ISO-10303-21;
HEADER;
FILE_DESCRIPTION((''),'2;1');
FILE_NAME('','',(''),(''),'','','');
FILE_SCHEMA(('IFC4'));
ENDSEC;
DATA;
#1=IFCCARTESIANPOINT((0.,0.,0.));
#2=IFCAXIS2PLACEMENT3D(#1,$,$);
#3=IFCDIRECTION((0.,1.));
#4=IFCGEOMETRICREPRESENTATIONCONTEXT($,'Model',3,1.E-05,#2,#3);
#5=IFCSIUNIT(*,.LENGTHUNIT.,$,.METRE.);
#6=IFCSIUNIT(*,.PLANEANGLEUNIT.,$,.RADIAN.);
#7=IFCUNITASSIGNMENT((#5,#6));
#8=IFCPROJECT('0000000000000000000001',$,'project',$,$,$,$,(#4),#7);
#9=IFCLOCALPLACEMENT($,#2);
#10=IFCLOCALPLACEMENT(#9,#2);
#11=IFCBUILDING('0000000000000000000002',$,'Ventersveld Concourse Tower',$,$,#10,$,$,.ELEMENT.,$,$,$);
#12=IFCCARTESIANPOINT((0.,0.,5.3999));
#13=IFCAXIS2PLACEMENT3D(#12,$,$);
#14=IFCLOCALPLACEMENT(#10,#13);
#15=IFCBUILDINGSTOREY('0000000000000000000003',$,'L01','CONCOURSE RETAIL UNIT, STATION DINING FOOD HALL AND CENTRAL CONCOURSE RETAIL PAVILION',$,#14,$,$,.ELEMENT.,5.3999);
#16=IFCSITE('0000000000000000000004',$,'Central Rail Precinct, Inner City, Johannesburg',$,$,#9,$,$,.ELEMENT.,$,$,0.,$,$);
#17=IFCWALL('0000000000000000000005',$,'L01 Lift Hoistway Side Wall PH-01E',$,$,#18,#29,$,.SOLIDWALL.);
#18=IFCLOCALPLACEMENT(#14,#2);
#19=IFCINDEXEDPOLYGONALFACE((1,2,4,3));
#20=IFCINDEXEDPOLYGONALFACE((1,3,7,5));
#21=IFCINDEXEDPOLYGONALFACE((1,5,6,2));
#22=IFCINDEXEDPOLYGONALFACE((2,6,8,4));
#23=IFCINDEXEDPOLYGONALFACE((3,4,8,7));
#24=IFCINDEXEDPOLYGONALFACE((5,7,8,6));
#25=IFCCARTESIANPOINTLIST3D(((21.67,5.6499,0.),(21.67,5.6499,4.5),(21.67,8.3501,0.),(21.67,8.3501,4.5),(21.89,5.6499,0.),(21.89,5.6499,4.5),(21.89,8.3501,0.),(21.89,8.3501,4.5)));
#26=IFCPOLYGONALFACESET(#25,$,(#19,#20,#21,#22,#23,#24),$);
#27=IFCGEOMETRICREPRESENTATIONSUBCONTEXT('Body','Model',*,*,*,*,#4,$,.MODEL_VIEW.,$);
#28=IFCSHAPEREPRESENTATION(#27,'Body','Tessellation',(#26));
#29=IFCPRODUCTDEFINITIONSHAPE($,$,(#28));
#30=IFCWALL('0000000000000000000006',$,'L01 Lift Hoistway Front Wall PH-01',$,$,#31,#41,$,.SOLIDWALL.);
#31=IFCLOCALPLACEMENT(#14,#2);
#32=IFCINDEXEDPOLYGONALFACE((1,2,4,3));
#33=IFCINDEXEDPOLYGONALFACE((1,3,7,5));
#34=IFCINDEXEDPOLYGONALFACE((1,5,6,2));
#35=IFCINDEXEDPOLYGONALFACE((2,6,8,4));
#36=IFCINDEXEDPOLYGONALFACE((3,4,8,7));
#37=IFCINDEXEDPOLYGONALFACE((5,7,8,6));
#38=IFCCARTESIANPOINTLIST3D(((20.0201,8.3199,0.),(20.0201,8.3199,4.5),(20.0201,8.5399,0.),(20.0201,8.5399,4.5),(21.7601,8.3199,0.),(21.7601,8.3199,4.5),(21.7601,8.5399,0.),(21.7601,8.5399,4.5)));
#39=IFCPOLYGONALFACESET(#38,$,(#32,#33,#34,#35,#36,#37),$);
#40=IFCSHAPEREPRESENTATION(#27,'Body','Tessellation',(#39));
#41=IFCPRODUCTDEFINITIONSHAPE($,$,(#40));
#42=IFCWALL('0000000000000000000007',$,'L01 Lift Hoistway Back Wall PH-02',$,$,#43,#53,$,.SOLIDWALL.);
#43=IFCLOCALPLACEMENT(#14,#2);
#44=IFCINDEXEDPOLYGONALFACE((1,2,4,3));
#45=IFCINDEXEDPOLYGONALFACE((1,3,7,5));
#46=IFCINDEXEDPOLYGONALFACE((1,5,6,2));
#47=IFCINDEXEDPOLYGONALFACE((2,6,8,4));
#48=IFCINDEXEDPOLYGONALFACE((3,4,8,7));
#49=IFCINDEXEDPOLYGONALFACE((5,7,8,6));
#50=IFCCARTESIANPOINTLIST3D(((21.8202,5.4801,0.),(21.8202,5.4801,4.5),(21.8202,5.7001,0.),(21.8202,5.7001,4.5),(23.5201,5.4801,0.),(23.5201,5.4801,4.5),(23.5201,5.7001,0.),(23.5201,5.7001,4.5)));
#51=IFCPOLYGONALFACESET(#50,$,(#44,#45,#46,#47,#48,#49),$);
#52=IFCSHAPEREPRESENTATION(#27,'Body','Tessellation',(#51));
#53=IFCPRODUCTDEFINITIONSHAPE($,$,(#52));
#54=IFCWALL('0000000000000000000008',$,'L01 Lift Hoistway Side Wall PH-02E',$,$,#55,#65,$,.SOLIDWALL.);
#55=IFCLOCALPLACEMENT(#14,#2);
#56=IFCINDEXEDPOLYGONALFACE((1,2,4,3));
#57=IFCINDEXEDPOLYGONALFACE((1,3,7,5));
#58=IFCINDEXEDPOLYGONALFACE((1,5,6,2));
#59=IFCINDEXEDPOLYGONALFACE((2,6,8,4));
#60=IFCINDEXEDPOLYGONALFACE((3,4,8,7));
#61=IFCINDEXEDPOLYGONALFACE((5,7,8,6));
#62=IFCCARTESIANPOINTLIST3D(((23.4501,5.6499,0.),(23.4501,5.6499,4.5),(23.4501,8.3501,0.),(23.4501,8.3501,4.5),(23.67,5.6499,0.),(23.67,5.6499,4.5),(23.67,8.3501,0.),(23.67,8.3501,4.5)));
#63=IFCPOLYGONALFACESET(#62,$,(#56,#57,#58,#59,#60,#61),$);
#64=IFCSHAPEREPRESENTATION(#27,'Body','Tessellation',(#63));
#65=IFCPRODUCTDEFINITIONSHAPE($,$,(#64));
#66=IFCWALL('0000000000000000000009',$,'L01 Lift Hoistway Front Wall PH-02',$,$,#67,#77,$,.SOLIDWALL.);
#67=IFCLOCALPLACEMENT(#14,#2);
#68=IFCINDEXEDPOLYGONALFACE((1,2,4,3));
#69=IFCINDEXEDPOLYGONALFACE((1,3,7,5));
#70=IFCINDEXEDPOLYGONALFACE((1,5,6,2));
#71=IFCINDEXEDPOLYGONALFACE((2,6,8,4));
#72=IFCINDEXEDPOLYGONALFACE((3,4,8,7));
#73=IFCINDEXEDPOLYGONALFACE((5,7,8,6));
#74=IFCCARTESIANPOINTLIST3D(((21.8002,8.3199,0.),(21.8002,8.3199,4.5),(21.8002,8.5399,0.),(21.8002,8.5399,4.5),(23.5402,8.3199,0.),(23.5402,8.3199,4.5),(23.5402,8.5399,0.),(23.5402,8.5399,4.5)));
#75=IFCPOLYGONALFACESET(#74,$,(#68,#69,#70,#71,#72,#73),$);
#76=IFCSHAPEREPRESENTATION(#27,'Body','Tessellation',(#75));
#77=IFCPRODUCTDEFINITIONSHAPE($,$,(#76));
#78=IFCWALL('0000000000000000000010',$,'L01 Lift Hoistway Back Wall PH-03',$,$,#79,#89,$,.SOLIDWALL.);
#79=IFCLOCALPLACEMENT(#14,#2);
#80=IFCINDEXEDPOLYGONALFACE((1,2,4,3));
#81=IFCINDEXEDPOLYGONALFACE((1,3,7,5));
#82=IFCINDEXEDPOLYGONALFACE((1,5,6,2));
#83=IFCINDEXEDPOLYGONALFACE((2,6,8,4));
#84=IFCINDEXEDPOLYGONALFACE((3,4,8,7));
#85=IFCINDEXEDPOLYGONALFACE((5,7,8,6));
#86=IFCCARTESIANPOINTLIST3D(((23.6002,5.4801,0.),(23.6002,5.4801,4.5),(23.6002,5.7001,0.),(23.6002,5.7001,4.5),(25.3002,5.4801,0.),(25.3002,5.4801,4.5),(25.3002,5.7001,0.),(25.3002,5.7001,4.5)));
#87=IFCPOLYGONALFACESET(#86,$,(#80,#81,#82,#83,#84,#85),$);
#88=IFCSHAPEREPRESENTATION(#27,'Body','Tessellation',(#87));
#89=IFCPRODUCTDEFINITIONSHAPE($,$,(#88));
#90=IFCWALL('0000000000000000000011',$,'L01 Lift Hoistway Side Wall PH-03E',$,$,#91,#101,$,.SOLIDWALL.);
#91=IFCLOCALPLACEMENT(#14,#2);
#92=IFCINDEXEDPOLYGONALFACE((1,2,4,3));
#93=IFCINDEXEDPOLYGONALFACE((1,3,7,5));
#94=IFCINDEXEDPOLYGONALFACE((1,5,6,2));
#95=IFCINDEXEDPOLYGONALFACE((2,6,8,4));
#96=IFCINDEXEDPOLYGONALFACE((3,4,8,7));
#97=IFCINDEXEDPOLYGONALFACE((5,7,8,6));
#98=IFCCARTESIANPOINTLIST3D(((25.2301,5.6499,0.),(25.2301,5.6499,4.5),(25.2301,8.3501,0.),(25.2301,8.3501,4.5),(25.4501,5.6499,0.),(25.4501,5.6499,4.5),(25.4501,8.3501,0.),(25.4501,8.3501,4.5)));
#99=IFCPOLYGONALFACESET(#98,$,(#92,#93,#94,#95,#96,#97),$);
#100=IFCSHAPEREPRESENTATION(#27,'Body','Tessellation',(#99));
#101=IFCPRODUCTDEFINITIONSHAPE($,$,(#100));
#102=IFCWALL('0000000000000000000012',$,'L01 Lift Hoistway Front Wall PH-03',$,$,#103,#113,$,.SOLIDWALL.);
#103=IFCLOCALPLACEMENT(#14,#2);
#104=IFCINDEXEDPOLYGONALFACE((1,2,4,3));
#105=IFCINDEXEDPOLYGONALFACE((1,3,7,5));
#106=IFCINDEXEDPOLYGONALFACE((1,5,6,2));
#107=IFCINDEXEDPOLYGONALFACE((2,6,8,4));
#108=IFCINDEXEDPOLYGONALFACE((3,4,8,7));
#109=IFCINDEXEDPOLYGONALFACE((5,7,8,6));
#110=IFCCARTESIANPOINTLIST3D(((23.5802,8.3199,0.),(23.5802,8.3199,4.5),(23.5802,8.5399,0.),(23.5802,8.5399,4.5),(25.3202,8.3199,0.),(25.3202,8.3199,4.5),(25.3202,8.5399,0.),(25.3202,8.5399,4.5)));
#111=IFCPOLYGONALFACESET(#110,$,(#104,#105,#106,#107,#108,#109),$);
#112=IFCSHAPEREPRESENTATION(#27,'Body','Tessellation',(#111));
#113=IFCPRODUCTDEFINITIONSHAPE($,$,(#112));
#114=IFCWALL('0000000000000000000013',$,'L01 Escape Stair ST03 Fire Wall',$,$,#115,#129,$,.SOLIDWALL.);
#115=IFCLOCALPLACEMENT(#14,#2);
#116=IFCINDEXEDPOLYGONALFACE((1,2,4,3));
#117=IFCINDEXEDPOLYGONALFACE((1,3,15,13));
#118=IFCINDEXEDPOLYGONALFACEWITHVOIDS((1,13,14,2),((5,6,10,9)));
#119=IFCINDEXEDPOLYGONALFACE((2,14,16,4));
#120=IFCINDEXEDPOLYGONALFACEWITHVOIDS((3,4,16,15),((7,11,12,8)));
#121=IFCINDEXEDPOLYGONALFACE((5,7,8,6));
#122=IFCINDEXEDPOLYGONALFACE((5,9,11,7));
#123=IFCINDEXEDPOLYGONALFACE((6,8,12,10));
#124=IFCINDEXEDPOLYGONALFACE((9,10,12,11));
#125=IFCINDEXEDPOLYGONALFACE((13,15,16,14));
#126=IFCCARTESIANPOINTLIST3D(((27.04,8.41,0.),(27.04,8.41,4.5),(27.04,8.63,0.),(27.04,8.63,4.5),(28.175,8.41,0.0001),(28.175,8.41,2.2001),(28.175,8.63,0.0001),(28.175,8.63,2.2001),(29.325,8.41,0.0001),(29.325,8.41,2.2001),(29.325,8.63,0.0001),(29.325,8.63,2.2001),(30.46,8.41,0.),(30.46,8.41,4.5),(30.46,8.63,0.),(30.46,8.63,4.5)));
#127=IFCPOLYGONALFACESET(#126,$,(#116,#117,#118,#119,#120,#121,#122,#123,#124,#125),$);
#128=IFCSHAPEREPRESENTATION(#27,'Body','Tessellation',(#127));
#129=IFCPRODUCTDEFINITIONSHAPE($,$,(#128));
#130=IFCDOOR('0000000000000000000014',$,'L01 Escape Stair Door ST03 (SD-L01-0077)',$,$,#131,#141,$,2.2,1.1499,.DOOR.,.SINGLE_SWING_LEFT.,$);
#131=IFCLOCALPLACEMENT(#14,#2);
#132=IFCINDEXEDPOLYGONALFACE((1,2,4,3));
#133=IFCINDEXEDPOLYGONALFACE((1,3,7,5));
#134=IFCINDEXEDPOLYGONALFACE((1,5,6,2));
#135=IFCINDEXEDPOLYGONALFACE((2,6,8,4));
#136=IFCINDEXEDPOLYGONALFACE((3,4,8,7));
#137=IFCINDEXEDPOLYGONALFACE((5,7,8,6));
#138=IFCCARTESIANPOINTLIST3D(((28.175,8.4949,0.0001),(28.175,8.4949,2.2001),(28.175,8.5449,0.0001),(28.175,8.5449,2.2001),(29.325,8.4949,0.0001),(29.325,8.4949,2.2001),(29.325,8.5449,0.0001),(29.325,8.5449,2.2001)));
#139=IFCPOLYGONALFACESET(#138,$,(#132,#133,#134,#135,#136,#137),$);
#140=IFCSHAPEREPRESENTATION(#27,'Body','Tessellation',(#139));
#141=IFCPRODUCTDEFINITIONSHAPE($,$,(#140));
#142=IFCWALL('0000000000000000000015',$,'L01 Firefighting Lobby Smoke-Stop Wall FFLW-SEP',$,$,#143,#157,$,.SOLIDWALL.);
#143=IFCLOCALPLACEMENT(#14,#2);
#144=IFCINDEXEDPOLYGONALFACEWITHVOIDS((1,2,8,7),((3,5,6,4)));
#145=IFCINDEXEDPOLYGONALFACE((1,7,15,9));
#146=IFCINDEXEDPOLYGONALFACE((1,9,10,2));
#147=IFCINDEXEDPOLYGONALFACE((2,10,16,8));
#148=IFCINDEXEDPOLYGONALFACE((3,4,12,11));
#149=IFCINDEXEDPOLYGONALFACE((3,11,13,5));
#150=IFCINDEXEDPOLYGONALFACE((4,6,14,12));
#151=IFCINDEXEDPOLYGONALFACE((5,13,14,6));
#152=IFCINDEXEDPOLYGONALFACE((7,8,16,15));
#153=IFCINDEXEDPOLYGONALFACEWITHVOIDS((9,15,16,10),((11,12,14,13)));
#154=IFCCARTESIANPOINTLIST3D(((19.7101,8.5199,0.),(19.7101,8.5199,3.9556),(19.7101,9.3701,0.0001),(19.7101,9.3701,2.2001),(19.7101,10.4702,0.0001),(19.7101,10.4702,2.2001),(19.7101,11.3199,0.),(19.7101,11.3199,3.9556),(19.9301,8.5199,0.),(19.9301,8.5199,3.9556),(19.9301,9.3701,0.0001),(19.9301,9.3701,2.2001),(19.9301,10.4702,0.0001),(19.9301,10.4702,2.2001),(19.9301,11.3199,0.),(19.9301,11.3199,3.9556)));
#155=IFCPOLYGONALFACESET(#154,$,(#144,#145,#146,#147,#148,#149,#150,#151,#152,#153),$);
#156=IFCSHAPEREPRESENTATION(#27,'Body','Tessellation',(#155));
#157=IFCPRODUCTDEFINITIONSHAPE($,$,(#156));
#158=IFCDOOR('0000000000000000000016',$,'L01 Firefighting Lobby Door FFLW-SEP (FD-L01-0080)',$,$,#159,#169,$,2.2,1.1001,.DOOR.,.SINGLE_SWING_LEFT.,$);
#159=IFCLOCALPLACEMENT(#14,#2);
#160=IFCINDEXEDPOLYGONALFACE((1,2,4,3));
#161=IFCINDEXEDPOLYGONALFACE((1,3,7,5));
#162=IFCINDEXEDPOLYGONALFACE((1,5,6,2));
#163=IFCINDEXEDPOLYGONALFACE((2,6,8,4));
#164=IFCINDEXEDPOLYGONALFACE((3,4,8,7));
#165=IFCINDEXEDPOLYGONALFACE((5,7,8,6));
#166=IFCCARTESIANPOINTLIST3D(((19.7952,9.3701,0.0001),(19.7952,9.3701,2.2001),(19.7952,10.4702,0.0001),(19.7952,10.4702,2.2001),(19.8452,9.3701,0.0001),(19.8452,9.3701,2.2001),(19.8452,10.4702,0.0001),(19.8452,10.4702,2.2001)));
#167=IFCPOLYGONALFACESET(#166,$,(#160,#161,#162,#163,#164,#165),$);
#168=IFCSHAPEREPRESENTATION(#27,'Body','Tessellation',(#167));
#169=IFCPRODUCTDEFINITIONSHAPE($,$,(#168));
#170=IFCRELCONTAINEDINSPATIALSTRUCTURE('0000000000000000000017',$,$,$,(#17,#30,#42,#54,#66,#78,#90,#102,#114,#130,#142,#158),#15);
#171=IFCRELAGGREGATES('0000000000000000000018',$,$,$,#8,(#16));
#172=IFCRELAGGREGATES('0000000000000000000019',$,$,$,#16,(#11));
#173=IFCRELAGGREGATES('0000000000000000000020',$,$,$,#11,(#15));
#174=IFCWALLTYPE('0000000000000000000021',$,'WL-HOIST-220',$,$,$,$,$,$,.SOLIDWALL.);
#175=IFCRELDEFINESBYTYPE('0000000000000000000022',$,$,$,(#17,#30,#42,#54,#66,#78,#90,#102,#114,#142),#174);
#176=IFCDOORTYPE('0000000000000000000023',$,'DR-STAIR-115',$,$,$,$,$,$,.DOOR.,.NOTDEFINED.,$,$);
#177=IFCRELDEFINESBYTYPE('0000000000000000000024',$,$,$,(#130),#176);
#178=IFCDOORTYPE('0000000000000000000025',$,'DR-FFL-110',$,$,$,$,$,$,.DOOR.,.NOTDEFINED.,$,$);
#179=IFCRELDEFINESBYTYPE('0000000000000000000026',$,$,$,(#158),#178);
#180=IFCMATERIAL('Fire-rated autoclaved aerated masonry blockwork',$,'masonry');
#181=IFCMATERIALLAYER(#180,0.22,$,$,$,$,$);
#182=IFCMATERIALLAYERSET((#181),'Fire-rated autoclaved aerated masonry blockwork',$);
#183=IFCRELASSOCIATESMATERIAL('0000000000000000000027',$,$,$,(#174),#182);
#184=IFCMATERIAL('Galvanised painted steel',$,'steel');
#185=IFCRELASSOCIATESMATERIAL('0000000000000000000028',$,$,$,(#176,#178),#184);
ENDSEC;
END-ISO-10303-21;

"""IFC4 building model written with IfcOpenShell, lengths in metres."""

from ifc_helpers import new_model, si_unit, direction, frame, frame_2d, origin, place, context, subcontext, project, spatial, rectangle, extrude, material, layer, layer_set, type_object, element, fill, save


model = new_model("IFC4")

# Units and contexts
model_context = context("Model", 3, precision=1e-05, world=origin(), true_north=direction((0.0, 1.0)))
body_context = subcontext(model_context, "Body", "Model", "MODEL_VIEW")
ifc_project = project(units=[si_unit("LENGTHUNIT", "METRE"), si_unit("PLANEANGLEUNIT", "RADIAN")], contexts=[model_context])

# Site, building, storey
site_placement = place(None, origin())
site = spatial("IfcSite", under=ifc_project, at=site_placement, Name="Central Rail Precinct, Inner City, Johannesburg", CompositionType="ELEMENT", RefElevation=0.0)
building_placement = place(site_placement, origin())
building = spatial("IfcBuilding", under=site, at=building_placement, Name="Ventersveld Concourse Tower", CompositionType="ELEMENT")
storey_placement = place(building_placement, frame((0.0, 0.0, 5.3999)))
storey = spatial("IfcBuildingStorey", under=building, at=storey_placement, Name="L01", Description="CONCOURSE RETAIL UNIT, STATION DINING FOOD HALL AND CENTRAL CONCOURSE RETAIL PAVILION", CompositionType="ELEMENT", Elevation=5.3999)

# Walls
ifc_material_1 = material(Name="Fire-rated autoclaved aerated masonry blockwork", Category="masonry")
ifc_layer_1 = layer(ifc_material_1, 0.22)
ifc_layer_set_1 = layer_set([ifc_layer_1], Name="Fire-rated autoclaved aerated masonry blockwork")
wall_type_1 = type_object("IfcWallType", Name="WL-HOIST-220", PredefinedType="SOLIDWALL", material=ifc_layer_set_1)
wall_1_placement = place(storey_placement, frame((21.78, 5.6499, 0.0), z_axis=(0.0, 0.0, 1.0), x_axis=(0.0, 1.0, 0.0)))
element("IfcWall", 1, at=wall_1_placement, inside=storey, type_object=wall_type_1, Name="L01 Lift Hoistway Side Wall PH-01E", PredefinedType="SOLIDWALL", context=body_context, shape_type="SweptSolid", body=[
    extrude(rectangle(XDim=2.7002, YDim=0.22, at=frame_2d((1.3501, 0.0))), origin(), (0.0, 0.0, 1.0), 4.5),
])
wall_2_placement = place(storey_placement, frame((20.02, 8.4299, 0.0), z_axis=(0.0, 0.0, 1.0), x_axis=(1.0, 0.0, 0.0)))
element("IfcWall", 2, at=wall_2_placement, inside=storey, type_object=wall_type_1, Name="L01 Lift Hoistway Front Wall PH-01", PredefinedType="SOLIDWALL", context=body_context, shape_type="SweptSolid", body=[
    extrude(rectangle(XDim=1.74, YDim=0.22, at=frame_2d((0.8701, 0.0))), origin(), (0.0, 0.0, 1.0), 4.5),
])
wall_3_placement = place(storey_placement, frame((21.8201, 5.5901, 0.0), z_axis=(0.0, 0.0, 1.0), x_axis=(1.0, 0.0, 0.0)))
element("IfcWall", 3, at=wall_3_placement, inside=storey, type_object=wall_type_1, Name="L01 Lift Hoistway Back Wall PH-02", PredefinedType="SOLIDWALL", context=body_context, shape_type="SweptSolid", body=[
    extrude(rectangle(XDim=1.7, YDim=0.22, at=frame_2d((0.8501, 0.0))), origin(), (0.0, 0.0, 1.0), 4.5),
])
wall_4_placement = place(storey_placement, frame((23.5601, 5.6499, 0.0), z_axis=(0.0, 0.0, 1.0), x_axis=(0.0, 1.0, 0.0)))
element("IfcWall", 4, at=wall_4_placement, inside=storey, type_object=wall_type_1, Name="L01 Lift Hoistway Side Wall PH-02E", PredefinedType="SOLIDWALL", context=body_context, shape_type="SweptSolid", body=[
    extrude(rectangle(XDim=2.7002, YDim=0.22, at=frame_2d((1.3501, 0.0))), origin(), (0.0, 0.0, 1.0), 4.5),
])
wall_5_placement = place(storey_placement, frame((21.8, 8.4299, 0.0), z_axis=(0.0, 0.0, 1.0), x_axis=(1.0, 0.0, 0.0)))
element("IfcWall", 5, at=wall_5_placement, inside=storey, type_object=wall_type_1, Name="L01 Lift Hoistway Front Wall PH-02", PredefinedType="SOLIDWALL", context=body_context, shape_type="SweptSolid", body=[
    extrude(rectangle(XDim=1.74, YDim=0.22, at=frame_2d((0.8701, 0.0))), origin(), (0.0, 0.0, 1.0), 4.5),
])
wall_6_placement = place(storey_placement, frame((23.6001, 5.5901, 0.0), z_axis=(0.0, 0.0, 1.0), x_axis=(1.0, 0.0, 0.0)))
element("IfcWall", 6, at=wall_6_placement, inside=storey, type_object=wall_type_1, Name="L01 Lift Hoistway Back Wall PH-03", PredefinedType="SOLIDWALL", context=body_context, shape_type="SweptSolid", body=[
    extrude(rectangle(XDim=1.7, YDim=0.22, at=frame_2d((0.8501, 0.0))), origin(), (0.0, 0.0, 1.0), 4.5),
])
wall_7_placement = place(storey_placement, frame((25.3401, 5.6499, 0.0), z_axis=(0.0, 0.0, 1.0), x_axis=(0.0, 1.0, 0.0)))
element("IfcWall", 7, at=wall_7_placement, inside=storey, type_object=wall_type_1, Name="L01 Lift Hoistway Side Wall PH-03E", PredefinedType="SOLIDWALL", context=body_context, shape_type="SweptSolid", body=[
    extrude(rectangle(XDim=2.7002, YDim=0.22, at=frame_2d((1.3501, 0.0))), origin(), (0.0, 0.0, 1.0), 4.5),
])
wall_8_placement = place(storey_placement, frame((23.5801, 8.4299, 0.0), z_axis=(0.0, 0.0, 1.0), x_axis=(1.0, 0.0, 0.0)))
element("IfcWall", 8, at=wall_8_placement, inside=storey, type_object=wall_type_1, Name="L01 Lift Hoistway Front Wall PH-03", PredefinedType="SOLIDWALL", context=body_context, shape_type="SweptSolid", body=[
    extrude(rectangle(XDim=1.74, YDim=0.22, at=frame_2d((0.8701, 0.0))), origin(), (0.0, 0.0, 1.0), 4.5),
])

# Walls, openings, doors
wall_9_placement = place(storey_placement, frame((27.04, 8.52, 0.0), z_axis=(0.0, 0.0, 1.0), x_axis=(1.0, 0.0, 0.0)))
wall_9 = element("IfcWall", 9, at=wall_9_placement, inside=storey, type_object=wall_type_1, Name="L01 Escape Stair ST03 Fire Wall", PredefinedType="SOLIDWALL", context=body_context, shape_type="SweptSolid", body=[
    extrude(rectangle(XDim=3.4199, YDim=0.22, at=frame_2d((1.71, 0.0))), origin(), (0.0, 0.0, 1.0), 4.5),
])
opening_1_placement = place(wall_9_placement, frame((1.135, 0.0, 0.0)))
opening_1 = element("IfcOpeningElement", 10, at=opening_1_placement, cuts=wall_9, PredefinedType="OPENING", context=body_context, shape_type="SweptSolid", body=[
    extrude(rectangle(XDim=1.1499, YDim=2.2, at=frame_2d((0.575, 1.1001))), frame((0.0, 0.1201, 0.0), z_axis=(0.0, -1.0, 0.0), x_axis=(1.0, 0.0, 0.0)), (0.0, 0.0, 1.0), 0.24),
])
ifc_material_2 = material(Name="Galvanised painted steel", Category="steel")
door_type_1 = type_object("IfcDoorType", Name="DR-STAIR-115", OperationType="NOTDEFINED", PredefinedType="DOOR", material=ifc_material_2)
door_1_placement = place(opening_1_placement, origin())
door_1 = element("IfcDoor", 11, at=door_1_placement, inside=storey, type_object=door_type_1, Name="L01 Escape Stair Door ST03 (SD-L01-0077)", OperationType="SINGLE_SWING_LEFT", OverallHeight=2.2, OverallWidth=1.1499, PredefinedType="DOOR", context=body_context, shape_type="SweptSolid", body=[
    extrude(rectangle(XDim=1.1499, YDim=2.2, at=frame_2d((0.575, 1.1001))), frame((0.0, 0.0249, 0.0), z_axis=(0.0, -1.0, 0.0), x_axis=(1.0, 0.0, 0.0)), (0.0, 0.0, 1.0), 0.05),
])
fill(opening_1, door_1)
wall_10_placement = place(storey_placement, frame((19.8201, 8.52, 0.0), z_axis=(0.0, 0.0, 1.0), x_axis=(0.0, 1.0, 0.0)))
wall_10 = element("IfcWall", 12, at=wall_10_placement, inside=storey, type_object=wall_type_1, Name="L01 Firefighting Lobby Smoke-Stop Wall FFLW-SEP", PredefinedType="SOLIDWALL", context=body_context, shape_type="SweptSolid", body=[
    extrude(rectangle(XDim=2.8, YDim=0.22, at=frame_2d((1.3999, 0.0))), origin(), (0.0, 0.0, 1.0), 3.9556),
])
opening_2_placement = place(wall_10_placement, frame((0.8501, 0.0, 0.0)))
opening_2 = element("IfcOpeningElement", 13, at=opening_2_placement, cuts=wall_10, PredefinedType="OPENING", context=body_context, shape_type="SweptSolid", body=[
    extrude(rectangle(XDim=1.1001, YDim=2.2, at=frame_2d((0.55, 1.1001))), frame((0.0, 0.1201, 0.0), z_axis=(0.0, -1.0, 0.0), x_axis=(1.0, 0.0, 0.0)), (0.0, 0.0, 1.0), 0.24),
])
door_type_2 = type_object("IfcDoorType", Name="DR-FFL-110", OperationType="NOTDEFINED", PredefinedType="DOOR", material=ifc_material_2)
door_2_placement = place(opening_2_placement, origin())
door_2 = element("IfcDoor", 14, at=door_2_placement, inside=storey, type_object=door_type_2, Name="L01 Firefighting Lobby Door FFLW-SEP (FD-L01-0080)", OperationType="SINGLE_SWING_LEFT", OverallHeight=2.2, OverallWidth=1.1001, PredefinedType="DOOR", context=body_context, shape_type="SweptSolid", body=[
    extrude(rectangle(XDim=1.1001, YDim=2.2, at=frame_2d((0.55, 1.1001))), frame((0.0, 0.0249, 0.0), z_axis=(0.0, -1.0, 0.0), x_axis=(1.0, 0.0, 0.0)), (0.0, 0.0, 1.0), 0.05),
])
fill(opening_2, door_2)

save(model, "model.ifc")
